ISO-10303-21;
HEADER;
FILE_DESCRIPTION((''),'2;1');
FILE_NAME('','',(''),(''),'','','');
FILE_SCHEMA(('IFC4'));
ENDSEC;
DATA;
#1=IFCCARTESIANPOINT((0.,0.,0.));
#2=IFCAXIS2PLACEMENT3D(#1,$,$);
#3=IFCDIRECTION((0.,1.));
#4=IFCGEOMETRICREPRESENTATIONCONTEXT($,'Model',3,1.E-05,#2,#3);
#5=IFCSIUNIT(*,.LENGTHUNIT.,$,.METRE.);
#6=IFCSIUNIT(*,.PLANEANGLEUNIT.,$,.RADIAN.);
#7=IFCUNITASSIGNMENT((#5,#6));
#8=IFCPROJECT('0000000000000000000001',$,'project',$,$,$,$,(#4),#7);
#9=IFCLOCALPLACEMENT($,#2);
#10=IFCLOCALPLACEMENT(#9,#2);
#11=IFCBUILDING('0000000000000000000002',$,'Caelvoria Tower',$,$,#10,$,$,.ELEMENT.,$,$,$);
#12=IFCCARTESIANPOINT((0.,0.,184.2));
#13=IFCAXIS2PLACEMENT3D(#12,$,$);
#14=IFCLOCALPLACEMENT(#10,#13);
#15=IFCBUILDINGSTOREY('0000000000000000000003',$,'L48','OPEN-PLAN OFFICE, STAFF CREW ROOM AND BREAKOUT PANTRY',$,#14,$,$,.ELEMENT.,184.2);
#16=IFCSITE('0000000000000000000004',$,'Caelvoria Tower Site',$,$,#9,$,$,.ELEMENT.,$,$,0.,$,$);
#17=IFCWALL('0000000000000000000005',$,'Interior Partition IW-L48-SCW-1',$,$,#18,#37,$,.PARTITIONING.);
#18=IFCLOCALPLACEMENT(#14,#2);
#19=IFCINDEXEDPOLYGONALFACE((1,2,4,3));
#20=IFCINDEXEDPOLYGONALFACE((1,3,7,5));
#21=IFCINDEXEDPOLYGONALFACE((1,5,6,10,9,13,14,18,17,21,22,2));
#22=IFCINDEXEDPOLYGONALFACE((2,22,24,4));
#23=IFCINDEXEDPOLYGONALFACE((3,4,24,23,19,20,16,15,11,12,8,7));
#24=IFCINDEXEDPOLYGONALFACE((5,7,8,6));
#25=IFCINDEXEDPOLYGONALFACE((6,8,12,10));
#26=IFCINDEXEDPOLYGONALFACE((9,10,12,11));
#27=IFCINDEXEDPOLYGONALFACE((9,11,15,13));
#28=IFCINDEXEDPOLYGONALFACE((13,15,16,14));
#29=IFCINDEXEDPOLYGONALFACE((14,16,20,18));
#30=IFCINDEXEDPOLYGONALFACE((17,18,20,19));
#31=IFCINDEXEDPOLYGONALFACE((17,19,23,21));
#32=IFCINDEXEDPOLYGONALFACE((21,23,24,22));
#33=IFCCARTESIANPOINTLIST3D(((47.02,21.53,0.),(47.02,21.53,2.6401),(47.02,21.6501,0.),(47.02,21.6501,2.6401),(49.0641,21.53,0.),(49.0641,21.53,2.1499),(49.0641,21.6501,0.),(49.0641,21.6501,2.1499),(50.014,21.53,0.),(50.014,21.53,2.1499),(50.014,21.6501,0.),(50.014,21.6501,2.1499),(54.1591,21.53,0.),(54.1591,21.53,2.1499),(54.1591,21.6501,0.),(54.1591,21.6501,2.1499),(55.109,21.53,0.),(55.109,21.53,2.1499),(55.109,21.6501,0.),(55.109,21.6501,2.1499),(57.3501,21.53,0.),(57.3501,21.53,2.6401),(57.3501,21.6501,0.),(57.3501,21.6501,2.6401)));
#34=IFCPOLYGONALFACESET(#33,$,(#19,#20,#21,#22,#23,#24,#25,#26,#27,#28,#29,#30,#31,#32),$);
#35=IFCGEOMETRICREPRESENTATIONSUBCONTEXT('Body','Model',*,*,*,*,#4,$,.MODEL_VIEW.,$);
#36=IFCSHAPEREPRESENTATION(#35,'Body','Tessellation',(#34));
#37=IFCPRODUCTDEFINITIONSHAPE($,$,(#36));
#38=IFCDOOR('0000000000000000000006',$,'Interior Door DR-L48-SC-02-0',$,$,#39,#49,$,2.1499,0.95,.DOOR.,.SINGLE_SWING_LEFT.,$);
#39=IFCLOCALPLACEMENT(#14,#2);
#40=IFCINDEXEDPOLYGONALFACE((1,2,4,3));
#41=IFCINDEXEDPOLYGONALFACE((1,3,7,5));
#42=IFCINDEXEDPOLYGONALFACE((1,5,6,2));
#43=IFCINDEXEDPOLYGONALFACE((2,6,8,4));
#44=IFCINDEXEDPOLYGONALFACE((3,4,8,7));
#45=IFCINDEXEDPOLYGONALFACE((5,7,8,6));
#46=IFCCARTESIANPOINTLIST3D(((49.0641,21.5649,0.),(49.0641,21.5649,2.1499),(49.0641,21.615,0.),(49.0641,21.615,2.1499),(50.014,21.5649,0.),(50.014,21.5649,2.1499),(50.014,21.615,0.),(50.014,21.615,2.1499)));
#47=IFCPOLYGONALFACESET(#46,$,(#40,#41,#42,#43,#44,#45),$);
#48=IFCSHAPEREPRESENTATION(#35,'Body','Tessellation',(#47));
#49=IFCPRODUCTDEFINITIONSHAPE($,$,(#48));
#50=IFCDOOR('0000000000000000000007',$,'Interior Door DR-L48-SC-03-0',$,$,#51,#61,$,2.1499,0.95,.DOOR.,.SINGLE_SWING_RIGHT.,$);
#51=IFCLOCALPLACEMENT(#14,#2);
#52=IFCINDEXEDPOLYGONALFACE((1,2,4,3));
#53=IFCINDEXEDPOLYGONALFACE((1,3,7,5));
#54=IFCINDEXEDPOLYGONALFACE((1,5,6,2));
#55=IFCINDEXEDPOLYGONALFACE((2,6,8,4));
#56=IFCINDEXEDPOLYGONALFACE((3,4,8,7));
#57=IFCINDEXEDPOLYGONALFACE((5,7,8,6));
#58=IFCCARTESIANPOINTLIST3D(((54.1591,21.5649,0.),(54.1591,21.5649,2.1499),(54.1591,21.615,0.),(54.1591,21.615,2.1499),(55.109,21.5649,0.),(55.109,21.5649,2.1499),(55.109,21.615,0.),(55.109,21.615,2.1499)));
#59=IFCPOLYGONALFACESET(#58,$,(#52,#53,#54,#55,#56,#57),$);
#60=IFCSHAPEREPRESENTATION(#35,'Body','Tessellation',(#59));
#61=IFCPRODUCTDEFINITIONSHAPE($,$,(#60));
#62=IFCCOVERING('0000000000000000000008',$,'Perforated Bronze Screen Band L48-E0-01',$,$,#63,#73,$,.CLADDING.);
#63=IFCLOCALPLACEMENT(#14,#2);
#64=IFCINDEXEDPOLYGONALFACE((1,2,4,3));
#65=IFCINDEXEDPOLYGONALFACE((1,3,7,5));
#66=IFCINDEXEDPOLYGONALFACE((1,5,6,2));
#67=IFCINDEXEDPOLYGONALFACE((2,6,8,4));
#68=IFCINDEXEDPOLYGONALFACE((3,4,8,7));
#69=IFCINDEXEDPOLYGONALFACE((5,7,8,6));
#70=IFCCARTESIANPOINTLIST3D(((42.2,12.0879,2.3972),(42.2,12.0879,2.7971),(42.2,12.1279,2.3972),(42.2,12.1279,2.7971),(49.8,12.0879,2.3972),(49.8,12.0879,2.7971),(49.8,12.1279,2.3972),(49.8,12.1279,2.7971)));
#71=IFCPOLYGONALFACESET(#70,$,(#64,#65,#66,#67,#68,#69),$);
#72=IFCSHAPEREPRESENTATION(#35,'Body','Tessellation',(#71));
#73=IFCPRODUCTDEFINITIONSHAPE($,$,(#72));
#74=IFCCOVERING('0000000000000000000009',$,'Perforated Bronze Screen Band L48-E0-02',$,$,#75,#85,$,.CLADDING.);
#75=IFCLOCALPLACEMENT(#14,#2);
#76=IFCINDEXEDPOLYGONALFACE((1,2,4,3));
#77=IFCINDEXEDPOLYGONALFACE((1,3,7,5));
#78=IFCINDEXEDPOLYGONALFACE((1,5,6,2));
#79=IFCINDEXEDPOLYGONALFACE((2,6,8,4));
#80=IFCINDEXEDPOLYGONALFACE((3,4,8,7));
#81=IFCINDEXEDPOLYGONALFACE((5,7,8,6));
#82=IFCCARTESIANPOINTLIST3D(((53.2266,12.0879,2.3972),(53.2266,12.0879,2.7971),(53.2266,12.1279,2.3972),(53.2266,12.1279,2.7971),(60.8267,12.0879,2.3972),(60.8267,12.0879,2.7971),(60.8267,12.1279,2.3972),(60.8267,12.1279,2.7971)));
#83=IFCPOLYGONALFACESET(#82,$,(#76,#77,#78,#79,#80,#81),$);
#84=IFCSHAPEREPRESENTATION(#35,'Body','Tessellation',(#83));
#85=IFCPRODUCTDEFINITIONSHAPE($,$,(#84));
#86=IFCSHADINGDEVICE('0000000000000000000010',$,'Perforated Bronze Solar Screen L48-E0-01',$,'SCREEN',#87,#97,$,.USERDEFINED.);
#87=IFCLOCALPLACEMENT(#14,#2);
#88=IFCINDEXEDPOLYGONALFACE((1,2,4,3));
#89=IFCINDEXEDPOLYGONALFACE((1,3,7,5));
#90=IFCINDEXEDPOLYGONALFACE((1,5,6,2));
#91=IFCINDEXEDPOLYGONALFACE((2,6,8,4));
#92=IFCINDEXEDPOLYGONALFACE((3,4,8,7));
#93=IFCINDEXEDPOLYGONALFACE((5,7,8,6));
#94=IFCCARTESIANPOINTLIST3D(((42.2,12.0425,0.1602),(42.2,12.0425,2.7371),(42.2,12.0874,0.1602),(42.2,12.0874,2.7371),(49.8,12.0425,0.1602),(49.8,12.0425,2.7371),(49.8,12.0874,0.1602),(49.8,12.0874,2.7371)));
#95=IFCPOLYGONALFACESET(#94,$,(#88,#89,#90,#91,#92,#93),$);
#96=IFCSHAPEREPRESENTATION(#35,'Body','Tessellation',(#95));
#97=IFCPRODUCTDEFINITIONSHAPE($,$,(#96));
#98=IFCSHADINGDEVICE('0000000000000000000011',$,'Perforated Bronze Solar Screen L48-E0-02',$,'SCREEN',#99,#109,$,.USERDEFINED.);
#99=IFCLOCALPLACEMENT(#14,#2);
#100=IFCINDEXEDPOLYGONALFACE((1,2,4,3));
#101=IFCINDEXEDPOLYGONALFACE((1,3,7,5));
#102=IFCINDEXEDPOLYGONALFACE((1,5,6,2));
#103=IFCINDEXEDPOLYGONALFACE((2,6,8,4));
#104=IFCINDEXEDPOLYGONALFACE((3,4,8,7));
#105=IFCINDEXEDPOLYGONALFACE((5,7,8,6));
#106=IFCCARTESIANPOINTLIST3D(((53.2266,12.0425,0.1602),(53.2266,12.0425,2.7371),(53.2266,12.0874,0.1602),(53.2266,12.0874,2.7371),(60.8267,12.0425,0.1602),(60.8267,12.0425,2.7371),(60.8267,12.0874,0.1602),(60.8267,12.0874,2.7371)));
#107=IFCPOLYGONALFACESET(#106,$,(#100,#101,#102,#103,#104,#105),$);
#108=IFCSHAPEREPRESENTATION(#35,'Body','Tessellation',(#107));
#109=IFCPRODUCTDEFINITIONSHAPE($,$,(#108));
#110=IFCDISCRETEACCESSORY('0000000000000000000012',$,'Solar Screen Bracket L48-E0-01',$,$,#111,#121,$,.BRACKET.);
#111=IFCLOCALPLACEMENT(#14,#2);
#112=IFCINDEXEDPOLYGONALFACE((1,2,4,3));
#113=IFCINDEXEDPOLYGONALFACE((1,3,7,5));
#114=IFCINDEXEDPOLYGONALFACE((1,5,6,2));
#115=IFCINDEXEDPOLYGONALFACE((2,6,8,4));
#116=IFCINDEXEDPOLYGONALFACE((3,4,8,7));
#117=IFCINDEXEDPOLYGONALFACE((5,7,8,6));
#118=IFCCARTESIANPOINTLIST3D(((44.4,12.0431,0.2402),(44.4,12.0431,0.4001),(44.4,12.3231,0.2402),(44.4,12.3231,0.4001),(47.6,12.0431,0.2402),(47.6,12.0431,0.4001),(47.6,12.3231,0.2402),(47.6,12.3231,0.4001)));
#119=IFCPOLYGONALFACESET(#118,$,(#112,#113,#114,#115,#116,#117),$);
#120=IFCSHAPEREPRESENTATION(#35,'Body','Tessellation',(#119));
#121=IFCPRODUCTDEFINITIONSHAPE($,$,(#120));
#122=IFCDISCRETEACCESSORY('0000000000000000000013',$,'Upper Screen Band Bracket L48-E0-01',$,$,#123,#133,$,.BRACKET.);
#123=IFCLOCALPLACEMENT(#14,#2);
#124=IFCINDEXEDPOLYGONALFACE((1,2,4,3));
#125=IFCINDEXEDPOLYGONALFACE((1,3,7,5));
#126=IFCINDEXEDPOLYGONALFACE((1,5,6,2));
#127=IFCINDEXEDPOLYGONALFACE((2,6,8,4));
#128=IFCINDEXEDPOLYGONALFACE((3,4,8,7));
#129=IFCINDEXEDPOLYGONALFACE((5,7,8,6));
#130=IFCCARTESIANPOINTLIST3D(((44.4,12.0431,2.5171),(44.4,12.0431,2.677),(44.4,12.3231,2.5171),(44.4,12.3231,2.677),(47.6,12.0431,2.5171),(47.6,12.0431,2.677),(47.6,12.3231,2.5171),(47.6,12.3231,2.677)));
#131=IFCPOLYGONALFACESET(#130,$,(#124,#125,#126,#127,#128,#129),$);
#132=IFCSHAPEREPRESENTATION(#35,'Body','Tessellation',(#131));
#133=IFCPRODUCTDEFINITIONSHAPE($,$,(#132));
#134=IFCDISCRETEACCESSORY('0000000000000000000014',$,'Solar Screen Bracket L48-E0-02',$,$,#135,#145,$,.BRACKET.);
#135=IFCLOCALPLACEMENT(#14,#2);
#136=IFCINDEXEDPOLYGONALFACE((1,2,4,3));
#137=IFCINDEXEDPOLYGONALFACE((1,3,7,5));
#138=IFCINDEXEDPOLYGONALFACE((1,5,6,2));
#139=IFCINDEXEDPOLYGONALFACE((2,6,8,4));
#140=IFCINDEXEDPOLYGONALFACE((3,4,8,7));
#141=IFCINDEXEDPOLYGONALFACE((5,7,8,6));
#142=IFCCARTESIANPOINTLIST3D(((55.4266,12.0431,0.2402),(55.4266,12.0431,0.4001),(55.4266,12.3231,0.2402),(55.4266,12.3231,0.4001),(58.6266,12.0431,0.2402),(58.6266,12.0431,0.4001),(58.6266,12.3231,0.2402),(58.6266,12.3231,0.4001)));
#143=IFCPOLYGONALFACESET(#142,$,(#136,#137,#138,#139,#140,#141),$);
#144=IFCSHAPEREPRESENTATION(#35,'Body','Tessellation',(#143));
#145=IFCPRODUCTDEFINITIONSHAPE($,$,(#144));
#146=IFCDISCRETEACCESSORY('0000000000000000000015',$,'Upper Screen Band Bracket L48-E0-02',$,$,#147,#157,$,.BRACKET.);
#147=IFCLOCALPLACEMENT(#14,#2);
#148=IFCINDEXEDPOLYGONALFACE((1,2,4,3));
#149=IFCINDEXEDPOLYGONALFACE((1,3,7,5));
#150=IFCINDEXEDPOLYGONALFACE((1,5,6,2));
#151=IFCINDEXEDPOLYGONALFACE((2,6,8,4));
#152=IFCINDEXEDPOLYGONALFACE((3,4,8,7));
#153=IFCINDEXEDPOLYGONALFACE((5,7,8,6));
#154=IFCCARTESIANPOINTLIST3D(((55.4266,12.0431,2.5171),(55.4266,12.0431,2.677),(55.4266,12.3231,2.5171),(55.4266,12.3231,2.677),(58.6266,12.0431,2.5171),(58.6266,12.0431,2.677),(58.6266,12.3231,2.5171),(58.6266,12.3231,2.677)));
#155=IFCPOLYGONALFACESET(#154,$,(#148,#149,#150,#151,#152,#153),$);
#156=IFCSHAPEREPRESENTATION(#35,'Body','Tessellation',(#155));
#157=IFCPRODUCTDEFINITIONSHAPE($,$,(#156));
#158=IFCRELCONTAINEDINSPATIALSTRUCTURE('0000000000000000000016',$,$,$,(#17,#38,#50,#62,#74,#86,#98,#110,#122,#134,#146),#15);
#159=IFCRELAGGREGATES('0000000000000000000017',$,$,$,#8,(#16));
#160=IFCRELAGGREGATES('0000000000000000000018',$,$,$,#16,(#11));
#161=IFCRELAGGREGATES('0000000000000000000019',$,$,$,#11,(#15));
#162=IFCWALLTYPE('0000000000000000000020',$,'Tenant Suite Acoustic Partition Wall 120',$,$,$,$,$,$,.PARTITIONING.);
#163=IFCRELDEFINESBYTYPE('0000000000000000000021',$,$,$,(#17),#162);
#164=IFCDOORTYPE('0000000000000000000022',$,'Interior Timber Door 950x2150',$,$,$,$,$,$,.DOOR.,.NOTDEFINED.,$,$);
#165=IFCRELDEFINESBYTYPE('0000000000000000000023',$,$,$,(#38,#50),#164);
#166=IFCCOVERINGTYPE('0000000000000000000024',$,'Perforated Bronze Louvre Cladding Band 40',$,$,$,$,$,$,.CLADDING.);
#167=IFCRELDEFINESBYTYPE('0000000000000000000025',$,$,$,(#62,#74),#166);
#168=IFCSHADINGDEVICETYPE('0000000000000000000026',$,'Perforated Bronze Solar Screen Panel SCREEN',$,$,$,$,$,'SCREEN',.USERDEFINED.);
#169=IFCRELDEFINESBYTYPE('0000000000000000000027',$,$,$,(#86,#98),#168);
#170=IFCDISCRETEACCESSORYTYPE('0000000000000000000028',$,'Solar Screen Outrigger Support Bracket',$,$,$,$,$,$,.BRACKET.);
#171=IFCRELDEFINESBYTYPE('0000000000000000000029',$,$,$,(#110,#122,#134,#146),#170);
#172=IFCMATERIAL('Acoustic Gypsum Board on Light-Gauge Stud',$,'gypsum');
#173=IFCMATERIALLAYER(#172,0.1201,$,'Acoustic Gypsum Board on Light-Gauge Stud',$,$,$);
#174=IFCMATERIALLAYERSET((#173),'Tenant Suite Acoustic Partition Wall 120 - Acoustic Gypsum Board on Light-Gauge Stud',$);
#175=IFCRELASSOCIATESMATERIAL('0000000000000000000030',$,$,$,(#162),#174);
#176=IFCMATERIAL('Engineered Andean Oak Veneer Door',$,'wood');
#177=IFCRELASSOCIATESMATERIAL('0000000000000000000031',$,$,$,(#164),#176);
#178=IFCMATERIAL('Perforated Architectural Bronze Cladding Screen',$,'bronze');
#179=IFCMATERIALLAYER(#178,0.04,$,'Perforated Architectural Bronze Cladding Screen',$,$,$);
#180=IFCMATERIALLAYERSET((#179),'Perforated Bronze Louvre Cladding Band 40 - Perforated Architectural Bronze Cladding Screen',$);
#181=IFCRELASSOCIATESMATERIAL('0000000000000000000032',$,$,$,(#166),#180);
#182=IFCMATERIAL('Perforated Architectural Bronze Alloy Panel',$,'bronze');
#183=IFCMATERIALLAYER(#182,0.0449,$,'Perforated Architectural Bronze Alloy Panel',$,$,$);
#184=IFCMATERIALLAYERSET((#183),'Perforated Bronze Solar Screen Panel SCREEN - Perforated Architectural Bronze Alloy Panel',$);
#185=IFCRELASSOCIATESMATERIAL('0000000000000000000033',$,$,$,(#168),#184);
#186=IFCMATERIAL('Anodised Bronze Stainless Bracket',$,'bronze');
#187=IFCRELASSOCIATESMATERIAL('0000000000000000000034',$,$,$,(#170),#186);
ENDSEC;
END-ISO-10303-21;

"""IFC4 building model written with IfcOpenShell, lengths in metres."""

from ifc_helpers import new_model, si_unit, direction, frame, frame_2d, origin, origin_2d, place, context, subcontext, project, spatial, rectangle, extrude, material, layer, layer_set, type_object, element, fill, save


model = new_model("IFC4")

# Units and contexts
model_context = context("Model", 3, precision=1e-05, world=origin(), true_north=direction((0.0, 1.0)))
body_context = subcontext(model_context, "Body", "Model", "MODEL_VIEW")
ifc_project = project(units=[si_unit("LENGTHUNIT", "METRE"), si_unit("PLANEANGLEUNIT", "RADIAN")], contexts=[model_context])

# Site, building, storey
site_placement = place(None, origin())
site = spatial("IfcSite", under=ifc_project, at=site_placement, Name="Caelvoria Tower Site", CompositionType="ELEMENT", RefElevation=0.0)
building_placement = place(site_placement, origin())
building = spatial("IfcBuilding", under=site, at=building_placement, Name="Caelvoria Tower", CompositionType="ELEMENT")
storey_placement = place(building_placement, frame((0.0, 0.0, 184.2)))
storey = spatial("IfcBuildingStorey", under=building, at=storey_placement, Name="L48", Description="OPEN-PLAN OFFICE, STAFF CREW ROOM AND BREAKOUT PANTRY", CompositionType="ELEMENT", Elevation=184.2)

# Wall, openings, doors
ifc_material_1 = material(Name="Acoustic Gypsum Board on Light-Gauge Stud", Category="gypsum")
ifc_layer_1 = layer(ifc_material_1, 0.1201, Name="Acoustic Gypsum Board on Light-Gauge Stud")
ifc_layer_set_1 = layer_set([ifc_layer_1], Name="Tenant Suite Acoustic Partition Wall 120 - Acoustic Gypsum Board on Light-Gauge Stud")
wall_type = type_object("IfcWallType", Name="Tenant Suite Acoustic Partition Wall 120", PredefinedType="PARTITIONING", material=ifc_layer_set_1)
wall_placement = place(storey_placement, frame((47.02, 21.5901, 0.0), z_axis=(0.0, 0.0, 1.0), x_axis=(1.0, 0.0, 0.0)))
wall = element("IfcWall", 1, at=wall_placement, inside=storey, type_object=wall_type, Name="Interior Partition IW-L48-SCW-1", PredefinedType="PARTITIONING", context=body_context, shape_type="SweptSolid", body=[
    extrude(rectangle(XDim=10.3301, YDim=0.1201, at=frame_2d((5.165, 0.0))), origin(), (0.0, 0.0, 1.0), 2.6401),
])
opening_1_placement = place(wall_placement, frame((2.0439, 0.0, 0.0)))
opening_1 = element("IfcOpeningElement", 2, at=opening_1_placement, cuts=wall, PredefinedType="OPENING", context=body_context, shape_type="SweptSolid", body=[
    extrude(rectangle(XDim=0.95, YDim=2.1499, at=frame_2d((0.4751, 1.075))), frame((0.0, 0.0701, 0.0), z_axis=(0.0, -1.0, 0.0), x_axis=(1.0, 0.0, 0.0)), (0.0, 0.0, 1.0), 0.1401),
])
opening_2_placement = place(wall_placement, frame((7.1389, 0.0, 0.0)))
opening_2 = element("IfcOpeningElement", 3, at=opening_2_placement, cuts=wall, PredefinedType="OPENING", context=body_context, shape_type="SweptSolid", body=[
    extrude(rectangle(XDim=0.95, YDim=2.1499, at=frame_2d((0.4751, 1.075))), frame((0.0, 0.0701, 0.0), z_axis=(0.0, -1.0, 0.0), x_axis=(1.0, 0.0, 0.0)), (0.0, 0.0, 1.0), 0.1401),
])
ifc_material_2 = material(Name="Engineered Andean Oak Veneer Door", Category="wood")
door_type = type_object("IfcDoorType", Name="Interior Timber Door 950x2150", OperationType="NOTDEFINED", PredefinedType="DOOR", material=ifc_material_2)
door_1_placement = place(opening_1_placement, origin())
door_1 = element("IfcDoor", 4, at=door_1_placement, inside=storey, type_object=door_type, Name="Interior Door DR-L48-SC-02-0", OperationType="SINGLE_SWING_LEFT", OverallHeight=2.1499, OverallWidth=0.95, PredefinedType="DOOR", context=body_context, shape_type="SweptSolid", body=[
    extrude(rectangle(XDim=0.95, YDim=2.1499, at=frame_2d((0.4751, 1.075))), frame((0.0, 0.0249, 0.0), z_axis=(0.0, -1.0, 0.0), x_axis=(1.0, 0.0, 0.0)), (0.0, 0.0, 1.0), 0.05),
])
fill(opening_1, door_1)
door_2_placement = place(opening_2_placement, origin())
door_2 = element("IfcDoor", 5, at=door_2_placement, inside=storey, type_object=door_type, Name="Interior Door DR-L48-SC-03-0", OperationType="SINGLE_SWING_RIGHT", OverallHeight=2.1499, OverallWidth=0.95, PredefinedType="DOOR", context=body_context, shape_type="SweptSolid", body=[
    extrude(rectangle(XDim=0.95, YDim=2.1499, at=frame_2d((0.4751, 1.075))), frame((0.0, 0.0249, 0.0), z_axis=(0.0, -1.0, 0.0), x_axis=(1.0, 0.0, 0.0)), (0.0, 0.0, 1.0), 0.05),
])
fill(opening_2, door_2)

# Coverings
ifc_material_3 = material(Name="Perforated Architectural Bronze Cladding Screen", Category="bronze")
ifc_layer_2 = layer(ifc_material_3, 0.04, Name="Perforated Architectural Bronze Cladding Screen")
ifc_layer_set_2 = layer_set([ifc_layer_2], Name="Perforated Bronze Louvre Cladding Band 40 - Perforated Architectural Bronze Cladding Screen")
covering_type = type_object("IfcCoveringType", Name="Perforated Bronze Louvre Cladding Band 40", PredefinedType="CLADDING", material=ifc_layer_set_2)
for number, where, z_axis, x_axis, name in (
    (6, (46.0, 12.1079, 2.3972), (0.0, 0.0, 1.0), (1.0, 0.0, 0.0), "Perforated Bronze Screen Band L48-E0-01"),
    (7, (57.0266, 12.1079, 2.3972), (0.0, 0.0, 1.0), (1.0, 0.0, 0.0), "Perforated Bronze Screen Band L48-E0-02"),
):
    element("IfcCovering", number, at=place(storey_placement, frame(where, z_axis=z_axis, x_axis=x_axis)), inside=storey, type_object=covering_type, Name=name, PredefinedType="CLADDING", context=body_context, shape_type="SweptSolid", body=[
        extrude(rectangle(XDim=7.6001, YDim=0.04, at=origin_2d()), origin(), (0.0, 0.0, 1.0), 0.3999),
    ])

# Shading devices
ifc_material_4 = material(Name="Perforated Architectural Bronze Alloy Panel", Category="bronze")
ifc_layer_3 = layer(ifc_material_4, 0.0449, Name="Perforated Architectural Bronze Alloy Panel")
ifc_layer_set_3 = layer_set([ifc_layer_3], Name="Perforated Bronze Solar Screen Panel SCREEN - Perforated Architectural Bronze Alloy Panel")
shading_device_type = type_object("IfcShadingDeviceType", Name="Perforated Bronze Solar Screen Panel SCREEN", ElementType="SCREEN", PredefinedType="USERDEFINED", material=ifc_layer_set_3)
for number, where, z_axis, x_axis, name in (
    (8, (46.0, 12.0649, 0.1602), (0.0, 0.0, 1.0), (1.0, 0.0, 0.0), "Perforated Bronze Solar Screen L48-E0-01"),
    (9, (57.0266, 12.0649, 0.1602), (0.0, 0.0, 1.0), (1.0, 0.0, 0.0), "Perforated Bronze Solar Screen L48-E0-02"),
):
    element("IfcShadingDevice", number, at=place(storey_placement, frame(where, z_axis=z_axis, x_axis=x_axis)), inside=storey, type_object=shading_device_type, Name=name, ObjectType="SCREEN", PredefinedType="USERDEFINED", context=body_context, shape_type="SweptSolid", body=[
        extrude(rectangle(XDim=7.6001, YDim=0.0449, at=origin_2d()), origin(), (0.0, 0.0, 1.0), 2.5769),
    ])

# Discrete accessories
ifc_material_5 = material(Name="Anodised Bronze Stainless Bracket", Category="bronze")
discrete_accessory_type = type_object("IfcDiscreteAccessoryType", Name="Solar Screen Outrigger Support Bracket", PredefinedType="BRACKET", material=ifc_material_5)
for number, where, z_axis, x_axis, name in (
    (10, (46.0, 12.1831, 0.2402), (0.0, 0.0, 1.0), (1.0, 0.0, 0.0), "Solar Screen Bracket L48-E0-01"),
    (11, (46.0, 12.1831, 2.5171), (0.0, 0.0, 1.0), (1.0, 0.0, 0.0), "Upper Screen Band Bracket L48-E0-01"),
    (12, (57.0266, 12.1831, 0.2402), (0.0, 0.0, 1.0), (1.0, 0.0, 0.0), "Solar Screen Bracket L48-E0-02"),
    (13, (57.0266, 12.1831, 2.5171), (0.0, 0.0, 1.0), (1.0, 0.0, 0.0), "Upper Screen Band Bracket L48-E0-02"),
):
    element("IfcDiscreteAccessory", number, at=place(storey_placement, frame(where, z_axis=z_axis, x_axis=x_axis)), inside=storey, type_object=discrete_accessory_type, Name=name, PredefinedType="BRACKET", context=body_context, shape_type="SweptSolid", body=[
        extrude(rectangle(XDim=3.2, YDim=0.28, at=origin_2d()), origin(), (0.0, 0.0, 1.0), 0.1599),
    ])

save(model, "model.ifc")
